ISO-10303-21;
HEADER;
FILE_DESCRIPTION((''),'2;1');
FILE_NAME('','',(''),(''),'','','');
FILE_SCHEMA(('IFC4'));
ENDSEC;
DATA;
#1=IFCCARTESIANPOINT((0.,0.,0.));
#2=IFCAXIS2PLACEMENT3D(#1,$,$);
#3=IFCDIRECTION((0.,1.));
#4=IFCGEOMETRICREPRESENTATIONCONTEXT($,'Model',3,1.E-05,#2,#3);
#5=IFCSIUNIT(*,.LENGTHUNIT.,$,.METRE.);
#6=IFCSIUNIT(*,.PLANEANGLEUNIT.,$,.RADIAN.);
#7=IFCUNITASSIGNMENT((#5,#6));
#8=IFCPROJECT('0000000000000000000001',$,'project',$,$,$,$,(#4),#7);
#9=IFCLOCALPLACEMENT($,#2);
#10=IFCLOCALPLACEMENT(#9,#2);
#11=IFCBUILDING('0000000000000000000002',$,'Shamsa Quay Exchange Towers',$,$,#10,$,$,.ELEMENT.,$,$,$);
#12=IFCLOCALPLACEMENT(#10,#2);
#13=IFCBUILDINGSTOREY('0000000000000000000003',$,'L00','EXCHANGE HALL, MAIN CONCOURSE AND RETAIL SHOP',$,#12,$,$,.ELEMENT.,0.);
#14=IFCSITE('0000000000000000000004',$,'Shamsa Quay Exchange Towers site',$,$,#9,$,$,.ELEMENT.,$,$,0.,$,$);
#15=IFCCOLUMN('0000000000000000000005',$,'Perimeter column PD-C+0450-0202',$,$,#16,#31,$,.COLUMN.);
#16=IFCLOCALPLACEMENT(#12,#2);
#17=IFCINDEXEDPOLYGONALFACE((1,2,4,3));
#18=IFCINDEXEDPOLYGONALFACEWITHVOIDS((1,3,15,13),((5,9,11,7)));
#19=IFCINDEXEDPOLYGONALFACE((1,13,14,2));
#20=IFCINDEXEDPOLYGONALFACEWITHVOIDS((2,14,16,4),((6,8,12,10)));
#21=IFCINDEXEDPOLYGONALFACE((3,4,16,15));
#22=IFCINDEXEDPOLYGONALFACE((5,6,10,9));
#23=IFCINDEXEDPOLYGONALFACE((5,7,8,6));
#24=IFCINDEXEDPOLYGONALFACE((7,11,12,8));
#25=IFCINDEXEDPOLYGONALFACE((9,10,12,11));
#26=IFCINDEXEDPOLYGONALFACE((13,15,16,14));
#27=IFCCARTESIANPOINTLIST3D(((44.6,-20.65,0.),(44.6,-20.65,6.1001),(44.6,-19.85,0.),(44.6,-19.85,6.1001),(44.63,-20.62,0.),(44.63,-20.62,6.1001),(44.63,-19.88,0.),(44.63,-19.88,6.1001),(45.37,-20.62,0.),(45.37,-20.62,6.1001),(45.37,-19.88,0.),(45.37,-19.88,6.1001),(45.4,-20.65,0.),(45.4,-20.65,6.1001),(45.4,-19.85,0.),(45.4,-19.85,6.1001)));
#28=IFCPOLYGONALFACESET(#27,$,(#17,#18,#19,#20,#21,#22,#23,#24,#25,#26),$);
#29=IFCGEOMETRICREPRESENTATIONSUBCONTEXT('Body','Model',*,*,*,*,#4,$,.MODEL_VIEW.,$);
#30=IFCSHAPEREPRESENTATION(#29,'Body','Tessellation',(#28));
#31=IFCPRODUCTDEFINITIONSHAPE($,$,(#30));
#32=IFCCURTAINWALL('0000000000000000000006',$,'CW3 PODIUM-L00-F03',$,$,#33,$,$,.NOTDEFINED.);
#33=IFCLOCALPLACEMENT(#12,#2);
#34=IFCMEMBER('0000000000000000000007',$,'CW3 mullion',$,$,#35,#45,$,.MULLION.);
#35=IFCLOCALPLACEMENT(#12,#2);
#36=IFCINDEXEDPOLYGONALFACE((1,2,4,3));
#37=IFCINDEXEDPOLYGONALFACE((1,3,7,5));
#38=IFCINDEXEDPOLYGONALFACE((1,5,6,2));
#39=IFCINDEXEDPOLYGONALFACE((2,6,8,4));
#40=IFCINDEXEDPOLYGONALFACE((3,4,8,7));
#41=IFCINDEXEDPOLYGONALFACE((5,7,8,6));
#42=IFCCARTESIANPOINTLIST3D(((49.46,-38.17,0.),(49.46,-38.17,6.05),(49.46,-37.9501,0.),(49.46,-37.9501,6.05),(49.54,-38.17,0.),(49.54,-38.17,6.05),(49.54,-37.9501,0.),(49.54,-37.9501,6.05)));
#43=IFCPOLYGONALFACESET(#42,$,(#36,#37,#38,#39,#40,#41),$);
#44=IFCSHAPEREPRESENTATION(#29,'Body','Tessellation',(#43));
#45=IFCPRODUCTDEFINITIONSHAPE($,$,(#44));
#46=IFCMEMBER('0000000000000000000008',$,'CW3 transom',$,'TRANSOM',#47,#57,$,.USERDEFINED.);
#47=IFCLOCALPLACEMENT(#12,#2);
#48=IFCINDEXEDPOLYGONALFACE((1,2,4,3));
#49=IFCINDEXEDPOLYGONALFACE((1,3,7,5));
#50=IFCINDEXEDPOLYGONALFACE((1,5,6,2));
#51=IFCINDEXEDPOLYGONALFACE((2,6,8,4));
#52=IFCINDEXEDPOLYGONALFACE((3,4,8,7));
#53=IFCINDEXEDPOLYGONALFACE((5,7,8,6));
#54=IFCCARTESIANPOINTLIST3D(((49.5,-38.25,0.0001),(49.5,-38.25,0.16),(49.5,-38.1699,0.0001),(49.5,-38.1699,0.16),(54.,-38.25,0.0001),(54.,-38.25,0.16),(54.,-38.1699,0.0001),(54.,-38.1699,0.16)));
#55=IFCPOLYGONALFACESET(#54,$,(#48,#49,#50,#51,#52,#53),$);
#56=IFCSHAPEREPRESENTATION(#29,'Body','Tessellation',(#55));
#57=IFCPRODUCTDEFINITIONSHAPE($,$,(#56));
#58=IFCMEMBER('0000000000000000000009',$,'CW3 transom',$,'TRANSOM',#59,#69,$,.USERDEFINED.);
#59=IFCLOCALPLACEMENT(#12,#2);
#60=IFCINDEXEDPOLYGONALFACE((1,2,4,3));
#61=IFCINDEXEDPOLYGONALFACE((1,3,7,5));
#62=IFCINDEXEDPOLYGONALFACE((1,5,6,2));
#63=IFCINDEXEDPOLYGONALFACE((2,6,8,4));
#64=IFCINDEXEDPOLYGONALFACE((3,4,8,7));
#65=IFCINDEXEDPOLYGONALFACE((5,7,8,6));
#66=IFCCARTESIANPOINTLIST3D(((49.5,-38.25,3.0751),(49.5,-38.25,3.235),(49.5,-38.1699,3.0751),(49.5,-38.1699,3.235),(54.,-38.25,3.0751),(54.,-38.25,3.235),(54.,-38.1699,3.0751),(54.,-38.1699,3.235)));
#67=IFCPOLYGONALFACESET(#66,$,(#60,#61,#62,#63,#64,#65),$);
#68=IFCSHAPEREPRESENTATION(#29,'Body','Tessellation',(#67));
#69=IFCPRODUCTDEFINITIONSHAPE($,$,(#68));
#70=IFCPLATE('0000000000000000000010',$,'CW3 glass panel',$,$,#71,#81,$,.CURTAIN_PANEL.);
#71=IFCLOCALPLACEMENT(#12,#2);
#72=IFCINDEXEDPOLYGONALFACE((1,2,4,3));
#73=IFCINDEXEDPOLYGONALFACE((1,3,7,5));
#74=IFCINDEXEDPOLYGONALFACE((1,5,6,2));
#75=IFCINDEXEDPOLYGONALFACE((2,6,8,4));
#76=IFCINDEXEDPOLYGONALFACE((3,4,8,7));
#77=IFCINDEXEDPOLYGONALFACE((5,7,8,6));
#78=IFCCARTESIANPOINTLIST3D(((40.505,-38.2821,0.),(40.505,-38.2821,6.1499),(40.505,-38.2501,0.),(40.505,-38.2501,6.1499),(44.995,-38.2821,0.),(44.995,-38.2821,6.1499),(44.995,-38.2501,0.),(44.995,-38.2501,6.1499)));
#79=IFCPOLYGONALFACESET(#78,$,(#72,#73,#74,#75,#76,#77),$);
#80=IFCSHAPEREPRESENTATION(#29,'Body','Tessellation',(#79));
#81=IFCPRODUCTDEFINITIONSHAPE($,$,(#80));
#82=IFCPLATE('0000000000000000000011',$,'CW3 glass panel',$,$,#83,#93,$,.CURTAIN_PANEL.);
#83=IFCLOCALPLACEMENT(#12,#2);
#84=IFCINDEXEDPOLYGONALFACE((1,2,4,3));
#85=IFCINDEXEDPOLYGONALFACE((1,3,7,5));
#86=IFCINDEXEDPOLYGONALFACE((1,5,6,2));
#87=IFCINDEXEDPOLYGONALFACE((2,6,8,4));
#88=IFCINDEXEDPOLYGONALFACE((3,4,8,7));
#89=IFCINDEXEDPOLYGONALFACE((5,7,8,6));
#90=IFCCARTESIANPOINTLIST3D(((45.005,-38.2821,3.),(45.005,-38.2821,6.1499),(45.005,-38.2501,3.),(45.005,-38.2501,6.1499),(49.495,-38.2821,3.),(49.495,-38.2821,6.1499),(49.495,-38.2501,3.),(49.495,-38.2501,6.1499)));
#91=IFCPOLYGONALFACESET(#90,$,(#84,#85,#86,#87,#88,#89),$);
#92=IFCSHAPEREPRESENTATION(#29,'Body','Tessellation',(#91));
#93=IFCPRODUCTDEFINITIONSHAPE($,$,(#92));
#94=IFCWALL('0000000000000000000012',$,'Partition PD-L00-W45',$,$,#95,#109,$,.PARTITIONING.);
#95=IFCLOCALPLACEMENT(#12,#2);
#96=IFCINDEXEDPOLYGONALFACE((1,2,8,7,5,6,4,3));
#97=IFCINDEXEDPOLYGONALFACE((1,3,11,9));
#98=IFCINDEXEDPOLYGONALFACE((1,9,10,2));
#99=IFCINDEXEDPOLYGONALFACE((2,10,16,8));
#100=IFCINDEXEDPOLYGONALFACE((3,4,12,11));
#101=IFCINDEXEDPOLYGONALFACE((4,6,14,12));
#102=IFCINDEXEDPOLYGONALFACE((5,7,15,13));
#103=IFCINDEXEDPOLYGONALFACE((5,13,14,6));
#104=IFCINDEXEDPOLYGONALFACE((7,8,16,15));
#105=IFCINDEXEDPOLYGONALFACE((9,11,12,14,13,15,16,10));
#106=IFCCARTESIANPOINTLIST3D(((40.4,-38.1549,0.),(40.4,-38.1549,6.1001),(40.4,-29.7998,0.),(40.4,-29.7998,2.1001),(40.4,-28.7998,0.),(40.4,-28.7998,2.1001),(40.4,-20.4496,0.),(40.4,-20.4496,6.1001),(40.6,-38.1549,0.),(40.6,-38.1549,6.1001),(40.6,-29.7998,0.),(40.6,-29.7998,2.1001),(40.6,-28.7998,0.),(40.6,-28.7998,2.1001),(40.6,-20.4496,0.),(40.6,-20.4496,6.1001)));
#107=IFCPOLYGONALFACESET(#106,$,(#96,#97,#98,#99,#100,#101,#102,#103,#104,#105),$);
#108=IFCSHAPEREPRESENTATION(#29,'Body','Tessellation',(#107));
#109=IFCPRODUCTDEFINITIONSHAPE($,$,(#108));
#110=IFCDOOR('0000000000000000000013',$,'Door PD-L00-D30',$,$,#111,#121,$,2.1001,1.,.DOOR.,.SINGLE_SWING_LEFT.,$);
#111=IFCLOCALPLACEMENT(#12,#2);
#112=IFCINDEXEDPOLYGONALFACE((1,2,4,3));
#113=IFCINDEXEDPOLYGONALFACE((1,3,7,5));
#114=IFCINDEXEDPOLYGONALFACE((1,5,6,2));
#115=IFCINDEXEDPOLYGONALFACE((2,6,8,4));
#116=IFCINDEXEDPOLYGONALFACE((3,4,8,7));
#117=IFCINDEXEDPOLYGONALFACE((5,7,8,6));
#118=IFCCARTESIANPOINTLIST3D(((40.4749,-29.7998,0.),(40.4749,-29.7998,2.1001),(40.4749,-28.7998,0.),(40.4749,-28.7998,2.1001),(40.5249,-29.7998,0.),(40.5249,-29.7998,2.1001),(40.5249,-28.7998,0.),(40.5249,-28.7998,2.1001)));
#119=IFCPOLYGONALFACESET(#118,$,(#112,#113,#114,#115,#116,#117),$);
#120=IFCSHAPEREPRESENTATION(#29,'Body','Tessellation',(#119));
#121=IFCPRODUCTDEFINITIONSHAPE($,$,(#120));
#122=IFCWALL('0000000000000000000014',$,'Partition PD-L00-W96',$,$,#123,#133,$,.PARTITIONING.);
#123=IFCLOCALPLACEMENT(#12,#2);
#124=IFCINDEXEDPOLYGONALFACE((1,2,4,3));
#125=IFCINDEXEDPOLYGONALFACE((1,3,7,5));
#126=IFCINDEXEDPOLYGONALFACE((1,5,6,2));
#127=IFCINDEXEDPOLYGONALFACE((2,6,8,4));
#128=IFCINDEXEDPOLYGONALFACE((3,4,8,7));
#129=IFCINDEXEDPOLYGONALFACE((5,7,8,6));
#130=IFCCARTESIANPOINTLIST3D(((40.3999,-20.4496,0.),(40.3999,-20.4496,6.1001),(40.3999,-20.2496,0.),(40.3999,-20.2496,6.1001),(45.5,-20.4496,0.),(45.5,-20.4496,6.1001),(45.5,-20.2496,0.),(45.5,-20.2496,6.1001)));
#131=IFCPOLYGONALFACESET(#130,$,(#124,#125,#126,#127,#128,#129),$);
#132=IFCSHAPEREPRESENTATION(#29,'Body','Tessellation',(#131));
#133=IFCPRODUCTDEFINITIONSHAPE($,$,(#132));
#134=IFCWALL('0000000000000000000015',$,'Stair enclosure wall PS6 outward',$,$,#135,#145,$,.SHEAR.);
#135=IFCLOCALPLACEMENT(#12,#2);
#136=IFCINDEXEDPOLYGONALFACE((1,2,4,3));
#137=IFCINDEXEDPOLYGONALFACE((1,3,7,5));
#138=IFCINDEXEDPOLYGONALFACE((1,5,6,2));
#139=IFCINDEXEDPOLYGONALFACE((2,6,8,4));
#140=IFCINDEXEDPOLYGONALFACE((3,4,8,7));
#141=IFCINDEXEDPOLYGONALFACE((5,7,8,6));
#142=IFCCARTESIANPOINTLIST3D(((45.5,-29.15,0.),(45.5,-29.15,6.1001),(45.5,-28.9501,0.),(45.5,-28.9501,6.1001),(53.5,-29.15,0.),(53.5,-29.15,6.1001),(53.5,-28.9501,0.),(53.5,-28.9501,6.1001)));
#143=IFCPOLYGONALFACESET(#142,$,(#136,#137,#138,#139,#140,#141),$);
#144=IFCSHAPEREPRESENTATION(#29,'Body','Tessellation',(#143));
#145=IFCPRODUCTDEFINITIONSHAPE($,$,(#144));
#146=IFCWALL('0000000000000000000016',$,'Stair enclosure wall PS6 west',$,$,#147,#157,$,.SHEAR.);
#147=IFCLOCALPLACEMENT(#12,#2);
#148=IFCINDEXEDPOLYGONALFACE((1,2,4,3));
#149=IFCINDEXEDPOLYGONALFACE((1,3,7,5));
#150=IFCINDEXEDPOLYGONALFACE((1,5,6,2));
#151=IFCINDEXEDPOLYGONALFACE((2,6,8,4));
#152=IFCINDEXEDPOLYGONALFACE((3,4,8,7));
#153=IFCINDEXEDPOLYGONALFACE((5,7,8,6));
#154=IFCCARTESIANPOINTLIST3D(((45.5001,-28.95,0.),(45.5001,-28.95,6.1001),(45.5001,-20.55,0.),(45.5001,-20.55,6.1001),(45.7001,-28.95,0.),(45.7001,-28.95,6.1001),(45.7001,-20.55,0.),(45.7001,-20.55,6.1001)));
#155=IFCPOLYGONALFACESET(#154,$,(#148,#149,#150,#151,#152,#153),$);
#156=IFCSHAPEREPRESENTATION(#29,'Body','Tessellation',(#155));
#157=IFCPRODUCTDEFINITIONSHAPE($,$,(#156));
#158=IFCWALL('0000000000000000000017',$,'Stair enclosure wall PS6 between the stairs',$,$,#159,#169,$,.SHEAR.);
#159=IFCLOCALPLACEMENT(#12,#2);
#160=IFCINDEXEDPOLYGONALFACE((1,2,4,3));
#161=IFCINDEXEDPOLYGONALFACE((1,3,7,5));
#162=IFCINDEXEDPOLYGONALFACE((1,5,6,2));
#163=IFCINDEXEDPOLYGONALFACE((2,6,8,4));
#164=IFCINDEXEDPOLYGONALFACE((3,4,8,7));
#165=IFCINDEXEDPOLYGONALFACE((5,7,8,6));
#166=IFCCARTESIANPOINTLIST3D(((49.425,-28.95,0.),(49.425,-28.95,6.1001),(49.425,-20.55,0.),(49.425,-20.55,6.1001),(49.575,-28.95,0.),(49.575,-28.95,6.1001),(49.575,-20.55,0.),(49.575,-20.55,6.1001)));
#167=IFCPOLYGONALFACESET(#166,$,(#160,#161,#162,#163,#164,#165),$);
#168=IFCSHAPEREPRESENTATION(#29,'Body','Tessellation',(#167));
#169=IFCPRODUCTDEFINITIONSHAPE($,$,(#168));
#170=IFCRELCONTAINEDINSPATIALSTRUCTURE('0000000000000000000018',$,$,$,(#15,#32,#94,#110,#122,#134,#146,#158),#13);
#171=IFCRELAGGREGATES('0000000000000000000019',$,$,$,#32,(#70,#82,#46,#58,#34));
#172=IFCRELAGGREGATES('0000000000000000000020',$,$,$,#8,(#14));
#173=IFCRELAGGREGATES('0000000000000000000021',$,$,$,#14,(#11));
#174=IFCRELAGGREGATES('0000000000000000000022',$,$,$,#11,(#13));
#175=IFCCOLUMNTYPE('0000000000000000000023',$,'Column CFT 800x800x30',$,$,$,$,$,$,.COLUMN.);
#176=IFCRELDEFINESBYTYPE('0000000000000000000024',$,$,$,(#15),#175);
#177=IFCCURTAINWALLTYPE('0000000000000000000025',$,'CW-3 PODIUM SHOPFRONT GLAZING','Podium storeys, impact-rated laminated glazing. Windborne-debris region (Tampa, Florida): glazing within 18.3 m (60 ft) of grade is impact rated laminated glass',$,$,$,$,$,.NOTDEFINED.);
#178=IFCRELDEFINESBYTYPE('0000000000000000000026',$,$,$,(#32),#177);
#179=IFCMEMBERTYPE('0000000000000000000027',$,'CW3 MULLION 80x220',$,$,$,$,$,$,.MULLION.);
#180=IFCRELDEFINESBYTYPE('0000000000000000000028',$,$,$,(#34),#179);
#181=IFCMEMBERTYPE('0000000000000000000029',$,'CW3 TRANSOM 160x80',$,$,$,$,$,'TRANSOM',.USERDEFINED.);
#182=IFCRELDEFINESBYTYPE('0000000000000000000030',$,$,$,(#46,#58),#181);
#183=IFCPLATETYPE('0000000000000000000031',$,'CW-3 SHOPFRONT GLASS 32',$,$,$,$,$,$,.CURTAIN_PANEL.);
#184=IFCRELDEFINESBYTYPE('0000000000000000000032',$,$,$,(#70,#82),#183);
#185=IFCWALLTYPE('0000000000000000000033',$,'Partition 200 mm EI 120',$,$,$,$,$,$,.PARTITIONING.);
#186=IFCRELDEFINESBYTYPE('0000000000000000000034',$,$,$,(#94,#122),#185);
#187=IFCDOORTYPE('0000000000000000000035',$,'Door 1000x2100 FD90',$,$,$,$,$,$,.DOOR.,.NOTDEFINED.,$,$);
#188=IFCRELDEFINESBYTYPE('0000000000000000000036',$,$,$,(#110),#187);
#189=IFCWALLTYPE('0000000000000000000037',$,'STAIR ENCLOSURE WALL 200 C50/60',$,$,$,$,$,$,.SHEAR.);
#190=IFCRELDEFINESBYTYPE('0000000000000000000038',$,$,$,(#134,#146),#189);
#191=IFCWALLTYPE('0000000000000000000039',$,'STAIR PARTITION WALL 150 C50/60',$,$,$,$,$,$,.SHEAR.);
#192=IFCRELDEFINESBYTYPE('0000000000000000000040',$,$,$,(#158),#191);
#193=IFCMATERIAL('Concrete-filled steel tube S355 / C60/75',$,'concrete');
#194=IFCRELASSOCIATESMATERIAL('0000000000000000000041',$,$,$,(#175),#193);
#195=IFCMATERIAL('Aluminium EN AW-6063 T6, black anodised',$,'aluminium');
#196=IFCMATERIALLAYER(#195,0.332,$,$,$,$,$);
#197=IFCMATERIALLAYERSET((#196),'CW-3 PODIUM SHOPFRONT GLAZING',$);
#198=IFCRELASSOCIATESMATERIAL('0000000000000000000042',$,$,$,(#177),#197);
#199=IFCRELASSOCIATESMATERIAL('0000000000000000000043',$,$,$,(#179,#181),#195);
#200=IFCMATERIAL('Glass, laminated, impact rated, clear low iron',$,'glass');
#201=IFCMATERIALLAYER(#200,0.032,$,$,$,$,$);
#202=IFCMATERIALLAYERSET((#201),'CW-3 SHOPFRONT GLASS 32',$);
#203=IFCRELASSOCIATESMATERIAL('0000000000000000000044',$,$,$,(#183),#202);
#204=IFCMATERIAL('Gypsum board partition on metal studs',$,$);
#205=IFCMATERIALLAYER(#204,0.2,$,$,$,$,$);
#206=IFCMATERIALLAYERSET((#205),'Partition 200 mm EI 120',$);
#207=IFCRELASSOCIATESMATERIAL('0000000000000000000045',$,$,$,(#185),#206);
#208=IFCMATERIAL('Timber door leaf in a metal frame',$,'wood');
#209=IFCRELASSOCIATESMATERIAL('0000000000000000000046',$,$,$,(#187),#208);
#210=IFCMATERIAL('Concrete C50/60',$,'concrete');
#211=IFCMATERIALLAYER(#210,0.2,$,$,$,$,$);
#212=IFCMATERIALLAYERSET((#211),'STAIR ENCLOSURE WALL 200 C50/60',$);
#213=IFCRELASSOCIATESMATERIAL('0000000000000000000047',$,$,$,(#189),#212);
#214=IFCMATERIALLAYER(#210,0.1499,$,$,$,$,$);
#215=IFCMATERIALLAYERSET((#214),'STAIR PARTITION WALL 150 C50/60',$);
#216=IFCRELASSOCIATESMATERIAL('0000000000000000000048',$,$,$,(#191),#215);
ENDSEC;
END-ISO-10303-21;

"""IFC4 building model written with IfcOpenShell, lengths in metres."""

from ifc_helpers import new_model, si_unit, direction, frame, frame_2d, origin, origin_2d, place, context, subcontext, project, spatial, rectangle, hollow_rectangle, extrude, material, layer, layer_set, material_profile, profile_set, type_object, element, fill, aggregate, save


model = new_model("IFC4")

# Units and contexts
model_context = context("Model", 3, precision=1e-05, world=origin(), true_north=direction((0.0, 1.0)))
body_context = subcontext(model_context, "Body", "Model", "MODEL_VIEW")
ifc_project = project(units=[si_unit("LENGTHUNIT", "METRE"), si_unit("PLANEANGLEUNIT", "RADIAN")], contexts=[model_context])

# Site, building, storey
site_placement = place(None, origin())
site = spatial("IfcSite", under=ifc_project, at=site_placement, Name="Shamsa Quay Exchange Towers site", CompositionType="ELEMENT", RefElevation=0.0)
building_placement = place(site_placement, origin())
building = spatial("IfcBuilding", under=site, at=building_placement, Name="Shamsa Quay Exchange Towers", CompositionType="ELEMENT")
storey_placement = place(building_placement, origin())
storey = spatial("IfcBuildingStorey", under=building, at=storey_placement, Name="L00", Description="EXCHANGE HALL, MAIN CONCOURSE AND RETAIL SHOP", CompositionType="ELEMENT", Elevation=0.0)

# Column
ifc_material_1 = material(Name="Concrete-filled steel tube S355 / C60/75", Category="concrete")
ifc_material_profile_1 = material_profile(ifc_material_1, hollow_rectangle(XDim=0.8, YDim=0.8, WallThickness=0.03, at=origin_2d()), Name="CFT 800x800x30")
ifc_profile_set_1 = profile_set([ifc_material_profile_1], Name="Concrete-filled steel tube S355 / C60/75")
column_type = type_object("IfcColumnType", Name="Column CFT 800x800x30", PredefinedType="COLUMN", material=ifc_profile_set_1)
for number, where, name in (
    (1, (45.0, -20.25, 0.0), "Perimeter column PD-C+0450-0202"),
):
    element("IfcColumn", number, at=place(storey_placement, frame(where)), inside=storey, type_object=column_type, Name=name, PredefinedType="COLUMN", context=body_context, shape_type="SweptSolid", body=[
        extrude(hollow_rectangle(XDim=0.8, YDim=0.8, WallThickness=0.03, at=origin_2d()), origin(), (0.0, 0.0, 1.0), 6.1001),
    ])

# Curtain wall, members, plates
ifc_material_2 = material(Name="Aluminium EN AW-6063 T6, black anodised", Category="aluminium")
ifc_layer_1 = layer(ifc_material_2, 0.332)
ifc_layer_set_1 = layer_set([ifc_layer_1], Name="CW-3 PODIUM SHOPFRONT GLAZING")
curtain_wall_type = type_object("IfcCurtainWallType", Name="CW-3 PODIUM SHOPFRONT GLAZING", Description="Podium storeys, impact-rated laminated glazing. Windborne-debris region (Tampa, Florida): glazing within 18.3 m (60 ft) of grade is impact rated laminated glass", PredefinedType="NOTDEFINED", material=ifc_layer_set_1)
curtain_wall_placement = place(storey_placement, origin())
curtain_wall = element("IfcCurtainWall", 2, at=curtain_wall_placement, inside=storey, type_object=curtain_wall_type, Name="CW3 PODIUM-L00-F03", PredefinedType="NOTDEFINED")
ifc_material_profile_2 = material_profile(ifc_material_2, rectangle(XDim=0.22, YDim=0.0801, at=origin_2d()), Name="MU80x220")
ifc_profile_set_2 = profile_set([ifc_material_profile_2], Name="Aluminium EN AW-6063 T6, black anodised")
member_type_1 = type_object("IfcMemberType", Name="CW3 MULLION 80x220", PredefinedType="MULLION", material=ifc_profile_set_2)
member_1_placement = place(storey_placement, frame((49.5, -38.0601, 0.0), z_axis=(0.0, 0.0, 1.0), x_axis=(0.0, 1.0, 0.0)))
member_1 = element("IfcMember", 3, at=member_1_placement, type_object=member_type_1, Name="CW3 mullion", PredefinedType="MULLION", context=body_context, shape_type="SweptSolid", body=[
    extrude(rectangle(XDim=0.22, YDim=0.0801, at=origin_2d()), origin(), (0.0, 0.0, 1.0), 6.05),
])
ifc_material_profile_3 = material_profile(ifc_material_2, rectangle(XDim=0.0801, YDim=0.1599, at=origin_2d()), Name="TR160x80")
ifc_profile_set_3 = profile_set([ifc_material_profile_3], Name="Aluminium EN AW-6063 T6, black anodised")
member_type_2 = type_object("IfcMemberType", Name="CW3 TRANSOM 160x80", ElementType="TRANSOM", PredefinedType="USERDEFINED", material=ifc_profile_set_3)
member_2_placement = place(storey_placement, frame((49.5, -38.21, 0.0801), z_axis=(1.0, 0.0, 0.0), x_axis=(0.0, 1.0, 0.0)))
member_2 = element("IfcMember", 4, at=member_2_placement, type_object=member_type_2, Name="CW3 transom", ObjectType="TRANSOM", PredefinedType="USERDEFINED", context=body_context, shape_type="SweptSolid", body=[
    extrude(rectangle(XDim=0.0801, YDim=0.1599, at=origin_2d()), origin(), (0.0, 0.0, 1.0), 4.5),
])
member_3_placement = place(storey_placement, frame((49.5, -38.21, 3.155), z_axis=(1.0, 0.0, 0.0), x_axis=(0.0, 1.0, 0.0)))
member_3 = element("IfcMember", 5, at=member_3_placement, type_object=member_type_2, Name="CW3 transom", ObjectType="TRANSOM", PredefinedType="USERDEFINED", context=body_context, shape_type="SweptSolid", body=[
    extrude(rectangle(XDim=0.0801, YDim=0.1599, at=origin_2d()), origin(), (0.0, 0.0, 1.0), 4.5),
])
ifc_material_3 = material(Name="Glass, laminated, impact rated, clear low iron", Category="glass")
ifc_layer_2 = layer(ifc_material_3, 0.032)
ifc_layer_set_2 = layer_set([ifc_layer_2], Name="CW-3 SHOPFRONT GLASS 32")
plate_type = type_object("IfcPlateType", Name="CW-3 SHOPFRONT GLASS 32", PredefinedType="CURTAIN_PANEL", material=ifc_layer_set_2)
plate_1_placement = place(storey_placement, frame((42.75, -38.2661, 0.0)))
plate_1 = element("IfcPlate", 6, at=plate_1_placement, type_object=plate_type, Name="CW3 glass panel", PredefinedType="CURTAIN_PANEL", context=body_context, shape_type="SweptSolid", body=[
    extrude(rectangle(XDim=4.49, YDim=0.032, at=origin_2d()), origin(), (0.0, 0.0, 1.0), 6.1499),
])
plate_2_placement = place(storey_placement, frame((47.25, -38.2661, 3.0)))
plate_2 = element("IfcPlate", 7, at=plate_2_placement, type_object=plate_type, Name="CW3 glass panel", PredefinedType="CURTAIN_PANEL", context=body_context, shape_type="SweptSolid", body=[
    extrude(rectangle(XDim=4.49, YDim=0.032, at=origin_2d()), origin(), (0.0, 0.0, 1.0), 3.1499),
])
aggregate(curtain_wall, [plate_1, plate_2, member_2, member_3, member_1])

# Wall, opening, door
ifc_material_4 = material(Name="Gypsum board partition on metal studs")
ifc_layer_3 = layer(ifc_material_4, 0.2)
ifc_layer_set_3 = layer_set([ifc_layer_3], Name="Partition 200 mm EI 120")
wall_type_1 = type_object("IfcWallType", Name="Partition 200 mm EI 120", PredefinedType="PARTITIONING", material=ifc_layer_set_3)
wall_1_placement = place(storey_placement, frame((40.5, -20.4497, 0.0), z_axis=(0.0, 0.0, 1.0), x_axis=(0.0, -1.0, 0.0)))
wall_1 = element("IfcWall", 8, at=wall_1_placement, inside=storey, type_object=wall_type_1, Name="Partition PD-L00-W45", PredefinedType="PARTITIONING", context=body_context, shape_type="SweptSolid", body=[
    extrude(rectangle(XDim=17.7053, YDim=0.2, at=frame_2d((8.8525, 0.0))), origin(), (0.0, 0.0, 1.0), 6.1001),
])
opening_1_placement = place(wall_1_placement, frame((8.3501, 0.0, 0.0)))
opening_1 = element("IfcOpeningElement", 9, at=opening_1_placement, cuts=wall_1, PredefinedType="OPENING", context=body_context, shape_type="SweptSolid", body=[
    extrude(rectangle(XDim=1.0, YDim=2.1001, at=frame_2d((0.5, 1.05))), frame((0.0, 0.1099, 0.0), z_axis=(0.0, -1.0, 0.0), x_axis=(1.0, 0.0, 0.0)), (0.0, 0.0, 1.0), 0.22),
])
ifc_material_5 = material(Name="Timber door leaf in a metal frame", Category="wood")
door_type_1 = type_object("IfcDoorType", Name="Door 1000x2100 FD90", OperationType="NOTDEFINED", PredefinedType="DOOR", material=ifc_material_5)
door_1_placement = place(opening_1_placement, origin())
door_1 = element("IfcDoor", 10, at=door_1_placement, inside=storey, type_object=door_type_1, Name="Door PD-L00-D30", OperationType="SINGLE_SWING_LEFT", OverallHeight=2.1001, OverallWidth=1.0, PredefinedType="DOOR", context=body_context, shape_type="SweptSolid", body=[
    extrude(rectangle(XDim=1.0, YDim=2.1001, at=frame_2d((0.5, 1.05))), frame((0.0, 0.0249, 0.0), z_axis=(0.0, -1.0, 0.0), x_axis=(1.0, 0.0, 0.0)), (0.0, 0.0, 1.0), 0.05),
])
fill(opening_1, door_1)

# Walls
wall_2_placement = place(storey_placement, frame((45.5, -20.3496, 0.0), z_axis=(0.0, 0.0, 1.0), x_axis=(-1.0, 0.0, 0.0)))
element("IfcWall", 11, at=wall_2_placement, inside=storey, type_object=wall_type_1, Name="Partition PD-L00-W96", PredefinedType="PARTITIONING", context=body_context, shape_type="SweptSolid", body=[
    extrude(rectangle(XDim=5.1001, YDim=0.2, at=frame_2d((2.55, 0.0))), origin(), (0.0, 0.0, 1.0), 6.1001),
])
ifc_material_6 = material(Name="Concrete C50/60", Category="concrete")
ifc_layer_4 = layer(ifc_material_6, 0.2)
ifc_layer_set_4 = layer_set([ifc_layer_4], Name="STAIR ENCLOSURE WALL 200 C50/60")
wall_type_2 = type_object("IfcWallType", Name="STAIR ENCLOSURE WALL 200 C50/60", PredefinedType="SHEAR", material=ifc_layer_set_4)
wall_3_placement = place(storey_placement, frame((45.5, -29.05, 0.0)))
element("IfcWall", 12, at=wall_3_placement, inside=storey, type_object=wall_type_2, Name="Stair enclosure wall PS6 outward", PredefinedType="SHEAR", context=body_context, shape_type="SweptSolid", body=[
    extrude(rectangle(XDim=8.0, YDim=0.2, at=frame_2d((4.0, 0.0))), origin(), (0.0, 0.0, 1.0), 6.1001),
])
wall_4_placement = place(storey_placement, frame((45.6001, -28.95, 0.0), z_axis=(0.0, 0.0, 1.0), x_axis=(0.0, 1.0, 0.0)))
element("IfcWall", 13, at=wall_4_placement, inside=storey, type_object=wall_type_2, Name="Stair enclosure wall PS6 west", PredefinedType="SHEAR", context=body_context, shape_type="SweptSolid", body=[
    extrude(rectangle(XDim=8.3999, YDim=0.2, at=frame_2d((4.2, 0.0))), origin(), (0.0, 0.0, 1.0), 6.1001),
])
ifc_layer_5 = layer(ifc_material_6, 0.1499)
ifc_layer_set_5 = layer_set([ifc_layer_5], Name="STAIR PARTITION WALL 150 C50/60")
wall_type_3 = type_object("IfcWallType", Name="STAIR PARTITION WALL 150 C50/60", PredefinedType="SHEAR", material=ifc_layer_set_5)
wall_5_placement = place(storey_placement, frame((49.5, -28.95, 0.0), z_axis=(0.0, 0.0, 1.0), x_axis=(0.0, 1.0, 0.0)))
element("IfcWall", 14, at=wall_5_placement, inside=storey, type_object=wall_type_3, Name="Stair enclosure wall PS6 between the stairs", PredefinedType="SHEAR", context=body_context, shape_type="SweptSolid", body=[
    extrude(rectangle(XDim=8.3999, YDim=0.1499, at=frame_2d((4.2, 0.0))), origin(), (0.0, 0.0, 1.0), 6.1001),
])

save(model, "model.ifc")
